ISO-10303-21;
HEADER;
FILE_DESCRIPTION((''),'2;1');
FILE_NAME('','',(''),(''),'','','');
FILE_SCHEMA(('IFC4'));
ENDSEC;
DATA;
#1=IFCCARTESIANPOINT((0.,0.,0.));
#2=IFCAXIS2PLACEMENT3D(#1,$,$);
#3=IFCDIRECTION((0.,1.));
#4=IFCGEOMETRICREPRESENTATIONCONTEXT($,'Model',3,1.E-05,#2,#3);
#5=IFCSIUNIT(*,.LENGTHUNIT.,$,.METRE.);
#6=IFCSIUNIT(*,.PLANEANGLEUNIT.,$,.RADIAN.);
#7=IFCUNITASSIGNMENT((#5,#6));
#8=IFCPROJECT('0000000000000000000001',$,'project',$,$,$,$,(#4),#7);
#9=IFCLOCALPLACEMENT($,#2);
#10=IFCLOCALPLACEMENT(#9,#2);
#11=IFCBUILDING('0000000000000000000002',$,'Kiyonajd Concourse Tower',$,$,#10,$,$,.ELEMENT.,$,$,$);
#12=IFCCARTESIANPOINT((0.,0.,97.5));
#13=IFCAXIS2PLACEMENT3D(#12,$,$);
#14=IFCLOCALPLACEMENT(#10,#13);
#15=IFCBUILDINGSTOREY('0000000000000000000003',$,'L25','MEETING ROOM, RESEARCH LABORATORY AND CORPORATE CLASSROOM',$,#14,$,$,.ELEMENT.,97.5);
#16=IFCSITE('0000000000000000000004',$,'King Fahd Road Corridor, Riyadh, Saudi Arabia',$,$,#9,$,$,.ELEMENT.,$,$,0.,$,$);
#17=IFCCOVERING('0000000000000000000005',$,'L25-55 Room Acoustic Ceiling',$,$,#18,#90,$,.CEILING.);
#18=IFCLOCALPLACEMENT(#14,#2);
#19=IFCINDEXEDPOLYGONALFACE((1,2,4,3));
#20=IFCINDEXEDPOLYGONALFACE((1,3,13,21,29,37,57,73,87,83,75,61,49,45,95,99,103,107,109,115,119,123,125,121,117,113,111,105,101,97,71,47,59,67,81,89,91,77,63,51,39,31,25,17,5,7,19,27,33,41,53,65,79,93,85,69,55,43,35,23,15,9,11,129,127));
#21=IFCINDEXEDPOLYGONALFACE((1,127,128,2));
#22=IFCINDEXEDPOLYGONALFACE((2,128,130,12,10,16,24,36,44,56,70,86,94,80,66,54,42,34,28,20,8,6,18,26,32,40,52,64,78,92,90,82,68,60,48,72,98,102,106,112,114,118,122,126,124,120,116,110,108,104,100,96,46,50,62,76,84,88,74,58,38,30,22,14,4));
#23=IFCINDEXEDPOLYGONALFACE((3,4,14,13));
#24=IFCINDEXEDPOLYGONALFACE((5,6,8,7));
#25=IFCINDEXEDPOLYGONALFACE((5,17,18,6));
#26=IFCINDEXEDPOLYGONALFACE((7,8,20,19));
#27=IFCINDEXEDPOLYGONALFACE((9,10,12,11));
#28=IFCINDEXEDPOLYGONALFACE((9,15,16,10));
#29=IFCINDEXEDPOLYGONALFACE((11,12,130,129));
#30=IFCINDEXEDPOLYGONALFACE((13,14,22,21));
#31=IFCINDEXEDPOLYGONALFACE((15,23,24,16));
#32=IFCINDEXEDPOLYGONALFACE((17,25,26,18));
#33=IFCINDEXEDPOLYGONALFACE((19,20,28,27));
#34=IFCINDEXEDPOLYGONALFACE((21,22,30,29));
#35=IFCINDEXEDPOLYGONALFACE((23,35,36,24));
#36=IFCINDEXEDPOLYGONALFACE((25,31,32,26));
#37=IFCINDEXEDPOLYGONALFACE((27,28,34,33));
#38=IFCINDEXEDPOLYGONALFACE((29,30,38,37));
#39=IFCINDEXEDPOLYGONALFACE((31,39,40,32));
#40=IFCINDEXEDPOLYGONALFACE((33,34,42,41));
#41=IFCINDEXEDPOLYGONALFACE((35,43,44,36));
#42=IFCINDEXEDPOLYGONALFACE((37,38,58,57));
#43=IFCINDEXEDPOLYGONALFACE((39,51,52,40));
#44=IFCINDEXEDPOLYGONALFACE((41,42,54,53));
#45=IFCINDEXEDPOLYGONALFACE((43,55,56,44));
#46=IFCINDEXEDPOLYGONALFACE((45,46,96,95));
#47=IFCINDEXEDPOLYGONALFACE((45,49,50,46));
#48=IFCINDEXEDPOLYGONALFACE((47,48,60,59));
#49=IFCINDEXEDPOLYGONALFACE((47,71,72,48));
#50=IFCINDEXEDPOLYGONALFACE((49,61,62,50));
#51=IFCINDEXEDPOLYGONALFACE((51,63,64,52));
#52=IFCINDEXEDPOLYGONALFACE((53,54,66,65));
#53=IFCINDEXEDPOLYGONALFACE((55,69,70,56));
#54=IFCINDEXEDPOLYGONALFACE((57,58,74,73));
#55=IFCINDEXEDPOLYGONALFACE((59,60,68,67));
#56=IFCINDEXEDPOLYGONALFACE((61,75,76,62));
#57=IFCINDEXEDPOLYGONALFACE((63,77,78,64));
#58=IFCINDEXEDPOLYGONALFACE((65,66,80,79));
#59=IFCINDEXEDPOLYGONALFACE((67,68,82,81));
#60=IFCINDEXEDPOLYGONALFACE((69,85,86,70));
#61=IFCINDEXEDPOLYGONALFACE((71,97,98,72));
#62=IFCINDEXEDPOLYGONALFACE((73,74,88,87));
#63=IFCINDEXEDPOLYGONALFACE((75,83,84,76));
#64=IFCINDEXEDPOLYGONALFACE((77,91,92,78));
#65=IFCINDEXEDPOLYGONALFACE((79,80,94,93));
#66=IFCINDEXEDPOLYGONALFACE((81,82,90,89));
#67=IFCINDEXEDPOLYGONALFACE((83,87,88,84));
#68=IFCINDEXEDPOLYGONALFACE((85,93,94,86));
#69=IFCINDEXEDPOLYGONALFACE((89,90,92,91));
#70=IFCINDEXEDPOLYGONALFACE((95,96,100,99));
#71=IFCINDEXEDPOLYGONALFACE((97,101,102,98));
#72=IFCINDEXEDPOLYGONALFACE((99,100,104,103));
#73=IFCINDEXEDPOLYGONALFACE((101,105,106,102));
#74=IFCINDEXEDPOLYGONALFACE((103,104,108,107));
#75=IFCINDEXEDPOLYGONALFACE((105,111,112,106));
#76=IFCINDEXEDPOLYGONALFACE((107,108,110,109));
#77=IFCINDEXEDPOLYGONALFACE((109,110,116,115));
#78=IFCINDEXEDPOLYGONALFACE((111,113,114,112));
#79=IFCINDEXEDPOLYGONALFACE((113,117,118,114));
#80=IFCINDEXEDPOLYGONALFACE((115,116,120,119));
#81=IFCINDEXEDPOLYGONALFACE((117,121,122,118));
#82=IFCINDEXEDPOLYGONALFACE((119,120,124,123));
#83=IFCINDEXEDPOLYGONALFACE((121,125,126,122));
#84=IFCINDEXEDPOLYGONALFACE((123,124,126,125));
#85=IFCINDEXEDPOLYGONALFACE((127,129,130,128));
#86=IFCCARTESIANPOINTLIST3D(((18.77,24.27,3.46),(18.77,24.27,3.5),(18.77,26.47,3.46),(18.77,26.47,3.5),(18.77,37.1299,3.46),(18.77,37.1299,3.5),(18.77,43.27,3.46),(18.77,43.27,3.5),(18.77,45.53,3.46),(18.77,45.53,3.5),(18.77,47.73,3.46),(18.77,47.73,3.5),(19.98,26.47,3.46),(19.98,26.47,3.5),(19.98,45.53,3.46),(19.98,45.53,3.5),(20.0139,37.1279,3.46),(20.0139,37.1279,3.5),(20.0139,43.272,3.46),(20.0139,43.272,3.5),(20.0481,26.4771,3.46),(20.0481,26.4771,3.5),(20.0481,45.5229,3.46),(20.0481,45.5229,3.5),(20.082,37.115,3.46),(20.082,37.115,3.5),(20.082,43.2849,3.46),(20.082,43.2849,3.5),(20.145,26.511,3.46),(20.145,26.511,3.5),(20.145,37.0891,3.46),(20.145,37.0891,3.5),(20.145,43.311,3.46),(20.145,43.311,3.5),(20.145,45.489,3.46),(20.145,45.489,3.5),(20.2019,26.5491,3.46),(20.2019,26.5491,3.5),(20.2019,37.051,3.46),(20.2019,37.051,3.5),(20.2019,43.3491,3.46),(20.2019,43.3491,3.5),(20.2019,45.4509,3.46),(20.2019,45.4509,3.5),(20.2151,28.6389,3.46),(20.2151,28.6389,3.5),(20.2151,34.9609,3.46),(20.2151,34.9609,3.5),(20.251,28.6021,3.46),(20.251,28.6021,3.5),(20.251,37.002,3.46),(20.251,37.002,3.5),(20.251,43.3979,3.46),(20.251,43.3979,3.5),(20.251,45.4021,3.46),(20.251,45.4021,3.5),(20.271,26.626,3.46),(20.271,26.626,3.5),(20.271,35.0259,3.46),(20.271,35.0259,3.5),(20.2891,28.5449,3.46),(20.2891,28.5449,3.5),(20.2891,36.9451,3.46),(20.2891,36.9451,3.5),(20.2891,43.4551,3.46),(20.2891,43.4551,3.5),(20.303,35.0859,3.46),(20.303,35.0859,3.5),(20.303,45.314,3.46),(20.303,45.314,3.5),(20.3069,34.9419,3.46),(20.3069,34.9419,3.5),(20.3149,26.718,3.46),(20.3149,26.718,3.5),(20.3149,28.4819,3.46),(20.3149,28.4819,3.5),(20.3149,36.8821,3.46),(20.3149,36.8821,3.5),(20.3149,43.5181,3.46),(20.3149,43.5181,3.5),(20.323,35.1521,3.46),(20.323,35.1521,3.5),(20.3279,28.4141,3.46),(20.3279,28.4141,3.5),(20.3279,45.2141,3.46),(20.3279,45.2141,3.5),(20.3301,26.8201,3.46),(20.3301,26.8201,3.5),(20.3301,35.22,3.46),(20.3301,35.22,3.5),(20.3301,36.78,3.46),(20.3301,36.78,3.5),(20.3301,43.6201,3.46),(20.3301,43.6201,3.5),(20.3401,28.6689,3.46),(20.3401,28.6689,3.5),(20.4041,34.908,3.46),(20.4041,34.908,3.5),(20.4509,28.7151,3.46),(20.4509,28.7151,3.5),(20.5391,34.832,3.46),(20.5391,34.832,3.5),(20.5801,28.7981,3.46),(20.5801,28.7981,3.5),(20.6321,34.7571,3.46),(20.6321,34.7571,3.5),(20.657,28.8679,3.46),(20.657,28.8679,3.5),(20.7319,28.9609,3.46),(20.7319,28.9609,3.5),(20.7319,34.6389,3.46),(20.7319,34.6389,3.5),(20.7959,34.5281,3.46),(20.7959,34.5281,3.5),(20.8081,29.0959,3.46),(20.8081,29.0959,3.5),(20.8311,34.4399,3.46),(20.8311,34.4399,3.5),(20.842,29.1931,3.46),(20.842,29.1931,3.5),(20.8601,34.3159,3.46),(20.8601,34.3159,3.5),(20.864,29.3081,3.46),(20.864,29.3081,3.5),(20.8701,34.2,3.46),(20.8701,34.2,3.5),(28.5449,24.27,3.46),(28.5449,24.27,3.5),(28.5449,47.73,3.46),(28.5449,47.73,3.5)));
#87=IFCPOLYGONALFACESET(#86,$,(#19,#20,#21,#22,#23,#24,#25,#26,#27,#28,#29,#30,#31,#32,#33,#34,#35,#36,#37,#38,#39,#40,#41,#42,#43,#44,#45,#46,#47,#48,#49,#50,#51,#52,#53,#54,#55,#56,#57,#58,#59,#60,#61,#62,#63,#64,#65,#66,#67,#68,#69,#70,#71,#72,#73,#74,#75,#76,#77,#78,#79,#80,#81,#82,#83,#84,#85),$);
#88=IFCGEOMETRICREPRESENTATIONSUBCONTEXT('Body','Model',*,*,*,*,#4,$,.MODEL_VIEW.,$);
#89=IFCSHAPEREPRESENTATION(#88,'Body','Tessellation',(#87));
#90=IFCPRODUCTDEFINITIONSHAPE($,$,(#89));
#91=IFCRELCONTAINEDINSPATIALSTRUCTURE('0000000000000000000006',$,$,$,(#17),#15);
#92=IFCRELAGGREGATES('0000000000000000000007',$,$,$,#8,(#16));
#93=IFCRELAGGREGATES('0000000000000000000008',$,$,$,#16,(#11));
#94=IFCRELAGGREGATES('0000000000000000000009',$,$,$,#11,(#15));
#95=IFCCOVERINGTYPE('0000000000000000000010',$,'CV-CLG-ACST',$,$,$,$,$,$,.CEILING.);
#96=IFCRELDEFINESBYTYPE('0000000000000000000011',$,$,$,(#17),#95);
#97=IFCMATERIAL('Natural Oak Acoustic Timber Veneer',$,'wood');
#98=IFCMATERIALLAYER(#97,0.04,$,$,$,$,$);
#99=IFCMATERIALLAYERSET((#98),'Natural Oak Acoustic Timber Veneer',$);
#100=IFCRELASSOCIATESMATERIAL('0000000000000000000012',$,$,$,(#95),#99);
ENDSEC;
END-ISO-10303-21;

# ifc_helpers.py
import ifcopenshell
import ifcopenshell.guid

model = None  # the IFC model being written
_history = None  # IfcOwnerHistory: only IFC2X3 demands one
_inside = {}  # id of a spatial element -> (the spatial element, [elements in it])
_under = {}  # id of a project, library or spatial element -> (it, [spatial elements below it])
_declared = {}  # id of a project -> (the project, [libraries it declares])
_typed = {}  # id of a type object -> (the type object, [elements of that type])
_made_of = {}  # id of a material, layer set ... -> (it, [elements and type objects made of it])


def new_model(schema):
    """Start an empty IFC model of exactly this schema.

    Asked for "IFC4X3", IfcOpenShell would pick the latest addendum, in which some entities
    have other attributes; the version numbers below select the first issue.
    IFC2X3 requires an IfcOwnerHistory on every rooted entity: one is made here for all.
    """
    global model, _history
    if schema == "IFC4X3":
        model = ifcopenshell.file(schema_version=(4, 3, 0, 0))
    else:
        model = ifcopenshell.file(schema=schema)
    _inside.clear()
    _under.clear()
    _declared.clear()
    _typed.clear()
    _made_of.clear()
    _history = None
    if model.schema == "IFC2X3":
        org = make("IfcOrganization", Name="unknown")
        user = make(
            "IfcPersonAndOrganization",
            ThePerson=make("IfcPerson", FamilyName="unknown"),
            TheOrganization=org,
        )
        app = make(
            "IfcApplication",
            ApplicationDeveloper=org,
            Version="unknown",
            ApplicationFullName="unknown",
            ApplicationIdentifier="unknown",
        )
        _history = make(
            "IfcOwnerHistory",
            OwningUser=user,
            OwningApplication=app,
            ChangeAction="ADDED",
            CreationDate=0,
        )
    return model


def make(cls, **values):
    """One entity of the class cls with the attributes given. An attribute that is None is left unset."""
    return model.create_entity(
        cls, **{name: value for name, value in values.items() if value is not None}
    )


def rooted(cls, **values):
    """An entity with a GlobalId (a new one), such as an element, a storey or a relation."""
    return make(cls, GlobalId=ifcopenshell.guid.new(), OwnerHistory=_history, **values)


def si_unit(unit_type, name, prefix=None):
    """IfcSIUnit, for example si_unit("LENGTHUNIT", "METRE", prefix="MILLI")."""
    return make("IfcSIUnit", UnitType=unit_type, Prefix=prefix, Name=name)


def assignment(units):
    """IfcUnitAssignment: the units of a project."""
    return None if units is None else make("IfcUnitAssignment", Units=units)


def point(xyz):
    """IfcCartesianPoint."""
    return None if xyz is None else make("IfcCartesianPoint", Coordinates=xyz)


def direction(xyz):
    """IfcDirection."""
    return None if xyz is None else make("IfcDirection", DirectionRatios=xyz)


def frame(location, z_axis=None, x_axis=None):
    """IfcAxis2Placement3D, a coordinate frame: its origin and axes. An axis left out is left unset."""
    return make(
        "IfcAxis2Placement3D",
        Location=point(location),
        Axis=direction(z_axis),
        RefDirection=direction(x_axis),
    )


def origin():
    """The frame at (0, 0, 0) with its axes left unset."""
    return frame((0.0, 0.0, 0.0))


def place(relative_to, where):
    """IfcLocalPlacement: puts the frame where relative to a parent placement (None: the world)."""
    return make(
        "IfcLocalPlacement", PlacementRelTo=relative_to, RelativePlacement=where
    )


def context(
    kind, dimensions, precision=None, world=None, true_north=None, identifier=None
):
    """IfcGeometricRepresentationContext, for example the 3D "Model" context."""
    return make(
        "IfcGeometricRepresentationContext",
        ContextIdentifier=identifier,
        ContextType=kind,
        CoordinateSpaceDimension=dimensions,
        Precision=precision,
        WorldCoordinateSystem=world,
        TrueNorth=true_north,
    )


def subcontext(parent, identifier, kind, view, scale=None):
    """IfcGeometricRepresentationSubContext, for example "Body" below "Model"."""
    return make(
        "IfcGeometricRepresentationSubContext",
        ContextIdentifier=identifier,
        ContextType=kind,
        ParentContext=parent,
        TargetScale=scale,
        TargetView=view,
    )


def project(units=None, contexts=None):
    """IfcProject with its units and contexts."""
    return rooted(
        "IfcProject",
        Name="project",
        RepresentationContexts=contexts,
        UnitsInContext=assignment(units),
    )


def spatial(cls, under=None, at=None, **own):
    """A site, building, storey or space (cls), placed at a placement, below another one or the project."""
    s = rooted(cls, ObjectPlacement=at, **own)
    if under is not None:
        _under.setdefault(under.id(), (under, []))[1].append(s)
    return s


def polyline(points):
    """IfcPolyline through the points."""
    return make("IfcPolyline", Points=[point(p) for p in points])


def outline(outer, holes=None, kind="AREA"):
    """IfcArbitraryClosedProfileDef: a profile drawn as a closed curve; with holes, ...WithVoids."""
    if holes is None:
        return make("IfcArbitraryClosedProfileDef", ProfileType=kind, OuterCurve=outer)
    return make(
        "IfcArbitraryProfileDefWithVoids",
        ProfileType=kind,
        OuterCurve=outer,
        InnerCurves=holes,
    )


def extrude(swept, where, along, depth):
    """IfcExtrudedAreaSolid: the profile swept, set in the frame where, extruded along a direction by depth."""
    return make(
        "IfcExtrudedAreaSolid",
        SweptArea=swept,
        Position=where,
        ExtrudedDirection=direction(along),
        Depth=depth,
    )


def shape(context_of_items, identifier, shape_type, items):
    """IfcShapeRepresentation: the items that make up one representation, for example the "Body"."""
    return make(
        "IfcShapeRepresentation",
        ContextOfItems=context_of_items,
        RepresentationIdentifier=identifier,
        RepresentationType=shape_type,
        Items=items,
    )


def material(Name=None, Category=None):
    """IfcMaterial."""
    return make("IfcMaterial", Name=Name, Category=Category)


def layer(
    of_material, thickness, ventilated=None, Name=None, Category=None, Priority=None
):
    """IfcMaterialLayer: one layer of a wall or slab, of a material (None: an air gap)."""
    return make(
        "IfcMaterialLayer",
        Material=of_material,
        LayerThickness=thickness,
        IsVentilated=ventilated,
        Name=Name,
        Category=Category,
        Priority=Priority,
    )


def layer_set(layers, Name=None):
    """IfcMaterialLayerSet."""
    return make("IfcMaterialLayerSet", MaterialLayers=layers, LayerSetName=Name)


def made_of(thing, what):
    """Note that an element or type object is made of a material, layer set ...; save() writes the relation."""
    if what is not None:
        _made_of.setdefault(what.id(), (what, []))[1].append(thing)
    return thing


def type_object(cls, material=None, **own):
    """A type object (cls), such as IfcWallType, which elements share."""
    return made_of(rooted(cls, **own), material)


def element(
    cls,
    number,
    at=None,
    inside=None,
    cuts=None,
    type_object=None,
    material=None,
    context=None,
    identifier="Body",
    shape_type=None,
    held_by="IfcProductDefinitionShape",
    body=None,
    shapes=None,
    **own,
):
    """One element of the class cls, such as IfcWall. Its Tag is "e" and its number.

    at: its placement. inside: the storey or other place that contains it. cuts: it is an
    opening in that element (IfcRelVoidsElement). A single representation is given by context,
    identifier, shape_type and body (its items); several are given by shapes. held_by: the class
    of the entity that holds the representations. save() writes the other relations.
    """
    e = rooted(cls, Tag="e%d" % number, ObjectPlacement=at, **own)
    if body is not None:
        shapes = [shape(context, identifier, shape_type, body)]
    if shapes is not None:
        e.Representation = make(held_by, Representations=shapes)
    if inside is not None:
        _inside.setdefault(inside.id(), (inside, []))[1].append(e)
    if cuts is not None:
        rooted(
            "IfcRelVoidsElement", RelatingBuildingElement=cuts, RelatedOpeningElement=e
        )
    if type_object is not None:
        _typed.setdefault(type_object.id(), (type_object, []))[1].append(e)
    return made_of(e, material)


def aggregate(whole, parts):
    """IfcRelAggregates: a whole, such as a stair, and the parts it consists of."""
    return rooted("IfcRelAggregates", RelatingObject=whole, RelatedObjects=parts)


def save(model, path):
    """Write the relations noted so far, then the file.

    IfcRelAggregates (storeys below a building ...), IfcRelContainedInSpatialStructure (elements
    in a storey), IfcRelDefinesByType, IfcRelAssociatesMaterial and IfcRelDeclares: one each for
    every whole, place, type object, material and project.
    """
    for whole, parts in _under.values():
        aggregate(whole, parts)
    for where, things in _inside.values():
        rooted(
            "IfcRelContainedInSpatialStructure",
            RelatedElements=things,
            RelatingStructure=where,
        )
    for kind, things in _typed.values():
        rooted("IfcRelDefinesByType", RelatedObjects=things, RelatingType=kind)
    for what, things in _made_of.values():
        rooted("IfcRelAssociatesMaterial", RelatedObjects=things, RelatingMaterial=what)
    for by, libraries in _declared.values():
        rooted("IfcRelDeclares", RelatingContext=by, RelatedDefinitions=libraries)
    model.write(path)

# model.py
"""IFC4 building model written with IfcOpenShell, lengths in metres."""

from ifc_helpers import new_model, si_unit, direction, frame, origin, place, context, subcontext, project, spatial, polyline, outline, extrude, material, layer, layer_set, type_object, element, save


model = new_model("IFC4")

# Units and contexts
model_context = context("Model", 3, precision=1e-05, world=origin(), true_north=direction((0.0, 1.0)))
body_context = subcontext(model_context, "Body", "Model", "MODEL_VIEW")
ifc_project = project(units=[si_unit("LENGTHUNIT", "METRE"), si_unit("PLANEANGLEUNIT", "RADIAN")], contexts=[model_context])

# Site, building, storey
site_placement = place(None, origin())
site = spatial("IfcSite", under=ifc_project, at=site_placement, Name="King Fahd Road Corridor, Riyadh, Saudi Arabia", CompositionType="ELEMENT", RefElevation=0.0)
building_placement = place(site_placement, origin())
building = spatial("IfcBuilding", under=site, at=building_placement, Name="Kiyonajd Concourse Tower", CompositionType="ELEMENT")
storey_placement = place(building_placement, frame((0.0, 0.0, 97.5)))
storey = spatial("IfcBuildingStorey", under=building, at=storey_placement, Name="L25", Description="MEETING ROOM, RESEARCH LABORATORY AND CORPORATE CLASSROOM", CompositionType="ELEMENT", Elevation=97.5)

# Shared definitions
ifc_material_1 = material(Name="Natural Oak Acoustic Timber Veneer", Category="wood")

# Covering
ifc_layer_1 = layer(ifc_material_1, 0.04)
ifc_layer_set_1 = layer_set([ifc_layer_1], Name="Natural Oak Acoustic Timber Veneer")
covering_type = type_object("IfcCoveringType", Name="CV-CLG-ACST", PredefinedType="CEILING", material=ifc_layer_set_1)
covering_1_placement = place(storey_placement, frame((0.0, 0.0, 3.46)))
element("IfcCovering", 1, at=covering_1_placement, inside=storey, type_object=covering_type, Name="L25-55 Room Acoustic Ceiling", PredefinedType="CEILING", context=body_context, shape_type="SweptSolid", body=[
    extrude(outline(polyline([(20.2151, 28.6389), (20.3401, 28.6689), (20.4509, 28.7151), (20.5801, 28.7981), (20.657, 28.8679), (20.7319, 28.9609), (20.8081, 29.0959), (20.842, 29.1931), (20.864, 29.3081), (20.8701, 34.2), (20.8601, 34.3159), (20.8311, 34.4399), (20.7959, 34.5281), (20.7319, 34.6389), (20.6321, 34.7571), (20.5391, 34.832), (20.4041, 34.908), (20.3069, 34.9419), (20.2151, 34.9609), (20.271, 35.0259), (20.303, 35.0859), (20.323, 35.1521), (20.3301, 35.22), (20.3301, 36.78), (20.3149, 36.8821), (20.2891, 36.9451), (20.251, 37.002), (20.2019, 37.051), (20.145, 37.0891), (20.082, 37.115), (20.0139, 37.1279), (18.77, 37.1299), (18.77, 43.27), (20.0139, 43.272), (20.082, 43.2849), (20.145, 43.311), (20.2019, 43.3491), (20.251, 43.3979), (20.2891, 43.4551), (20.3149, 43.5181), (20.3301, 43.6201), (20.3279, 45.2141), (20.303, 45.314), (20.251, 45.4021), (20.2019, 45.4509), (20.145, 45.489), (20.0481, 45.5229), (19.98, 45.53), (18.77, 45.53), (18.77, 47.73), (28.5449, 47.73), (28.5449, 24.27), (18.77, 24.27), (18.77, 26.47), (19.98, 26.47), (20.0481, 26.4771), (20.145, 26.511), (20.2019, 26.5491), (20.271, 26.626), (20.3149, 26.718), (20.3301, 26.8201), (20.3279, 28.4141), (20.3149, 28.4819), (20.2891, 28.5449), (20.251, 28.6021), (20.2151, 28.6389)])), origin(), (0.0, 0.0, 1.0), 0.04),
])

save(model, "model.ifc")
